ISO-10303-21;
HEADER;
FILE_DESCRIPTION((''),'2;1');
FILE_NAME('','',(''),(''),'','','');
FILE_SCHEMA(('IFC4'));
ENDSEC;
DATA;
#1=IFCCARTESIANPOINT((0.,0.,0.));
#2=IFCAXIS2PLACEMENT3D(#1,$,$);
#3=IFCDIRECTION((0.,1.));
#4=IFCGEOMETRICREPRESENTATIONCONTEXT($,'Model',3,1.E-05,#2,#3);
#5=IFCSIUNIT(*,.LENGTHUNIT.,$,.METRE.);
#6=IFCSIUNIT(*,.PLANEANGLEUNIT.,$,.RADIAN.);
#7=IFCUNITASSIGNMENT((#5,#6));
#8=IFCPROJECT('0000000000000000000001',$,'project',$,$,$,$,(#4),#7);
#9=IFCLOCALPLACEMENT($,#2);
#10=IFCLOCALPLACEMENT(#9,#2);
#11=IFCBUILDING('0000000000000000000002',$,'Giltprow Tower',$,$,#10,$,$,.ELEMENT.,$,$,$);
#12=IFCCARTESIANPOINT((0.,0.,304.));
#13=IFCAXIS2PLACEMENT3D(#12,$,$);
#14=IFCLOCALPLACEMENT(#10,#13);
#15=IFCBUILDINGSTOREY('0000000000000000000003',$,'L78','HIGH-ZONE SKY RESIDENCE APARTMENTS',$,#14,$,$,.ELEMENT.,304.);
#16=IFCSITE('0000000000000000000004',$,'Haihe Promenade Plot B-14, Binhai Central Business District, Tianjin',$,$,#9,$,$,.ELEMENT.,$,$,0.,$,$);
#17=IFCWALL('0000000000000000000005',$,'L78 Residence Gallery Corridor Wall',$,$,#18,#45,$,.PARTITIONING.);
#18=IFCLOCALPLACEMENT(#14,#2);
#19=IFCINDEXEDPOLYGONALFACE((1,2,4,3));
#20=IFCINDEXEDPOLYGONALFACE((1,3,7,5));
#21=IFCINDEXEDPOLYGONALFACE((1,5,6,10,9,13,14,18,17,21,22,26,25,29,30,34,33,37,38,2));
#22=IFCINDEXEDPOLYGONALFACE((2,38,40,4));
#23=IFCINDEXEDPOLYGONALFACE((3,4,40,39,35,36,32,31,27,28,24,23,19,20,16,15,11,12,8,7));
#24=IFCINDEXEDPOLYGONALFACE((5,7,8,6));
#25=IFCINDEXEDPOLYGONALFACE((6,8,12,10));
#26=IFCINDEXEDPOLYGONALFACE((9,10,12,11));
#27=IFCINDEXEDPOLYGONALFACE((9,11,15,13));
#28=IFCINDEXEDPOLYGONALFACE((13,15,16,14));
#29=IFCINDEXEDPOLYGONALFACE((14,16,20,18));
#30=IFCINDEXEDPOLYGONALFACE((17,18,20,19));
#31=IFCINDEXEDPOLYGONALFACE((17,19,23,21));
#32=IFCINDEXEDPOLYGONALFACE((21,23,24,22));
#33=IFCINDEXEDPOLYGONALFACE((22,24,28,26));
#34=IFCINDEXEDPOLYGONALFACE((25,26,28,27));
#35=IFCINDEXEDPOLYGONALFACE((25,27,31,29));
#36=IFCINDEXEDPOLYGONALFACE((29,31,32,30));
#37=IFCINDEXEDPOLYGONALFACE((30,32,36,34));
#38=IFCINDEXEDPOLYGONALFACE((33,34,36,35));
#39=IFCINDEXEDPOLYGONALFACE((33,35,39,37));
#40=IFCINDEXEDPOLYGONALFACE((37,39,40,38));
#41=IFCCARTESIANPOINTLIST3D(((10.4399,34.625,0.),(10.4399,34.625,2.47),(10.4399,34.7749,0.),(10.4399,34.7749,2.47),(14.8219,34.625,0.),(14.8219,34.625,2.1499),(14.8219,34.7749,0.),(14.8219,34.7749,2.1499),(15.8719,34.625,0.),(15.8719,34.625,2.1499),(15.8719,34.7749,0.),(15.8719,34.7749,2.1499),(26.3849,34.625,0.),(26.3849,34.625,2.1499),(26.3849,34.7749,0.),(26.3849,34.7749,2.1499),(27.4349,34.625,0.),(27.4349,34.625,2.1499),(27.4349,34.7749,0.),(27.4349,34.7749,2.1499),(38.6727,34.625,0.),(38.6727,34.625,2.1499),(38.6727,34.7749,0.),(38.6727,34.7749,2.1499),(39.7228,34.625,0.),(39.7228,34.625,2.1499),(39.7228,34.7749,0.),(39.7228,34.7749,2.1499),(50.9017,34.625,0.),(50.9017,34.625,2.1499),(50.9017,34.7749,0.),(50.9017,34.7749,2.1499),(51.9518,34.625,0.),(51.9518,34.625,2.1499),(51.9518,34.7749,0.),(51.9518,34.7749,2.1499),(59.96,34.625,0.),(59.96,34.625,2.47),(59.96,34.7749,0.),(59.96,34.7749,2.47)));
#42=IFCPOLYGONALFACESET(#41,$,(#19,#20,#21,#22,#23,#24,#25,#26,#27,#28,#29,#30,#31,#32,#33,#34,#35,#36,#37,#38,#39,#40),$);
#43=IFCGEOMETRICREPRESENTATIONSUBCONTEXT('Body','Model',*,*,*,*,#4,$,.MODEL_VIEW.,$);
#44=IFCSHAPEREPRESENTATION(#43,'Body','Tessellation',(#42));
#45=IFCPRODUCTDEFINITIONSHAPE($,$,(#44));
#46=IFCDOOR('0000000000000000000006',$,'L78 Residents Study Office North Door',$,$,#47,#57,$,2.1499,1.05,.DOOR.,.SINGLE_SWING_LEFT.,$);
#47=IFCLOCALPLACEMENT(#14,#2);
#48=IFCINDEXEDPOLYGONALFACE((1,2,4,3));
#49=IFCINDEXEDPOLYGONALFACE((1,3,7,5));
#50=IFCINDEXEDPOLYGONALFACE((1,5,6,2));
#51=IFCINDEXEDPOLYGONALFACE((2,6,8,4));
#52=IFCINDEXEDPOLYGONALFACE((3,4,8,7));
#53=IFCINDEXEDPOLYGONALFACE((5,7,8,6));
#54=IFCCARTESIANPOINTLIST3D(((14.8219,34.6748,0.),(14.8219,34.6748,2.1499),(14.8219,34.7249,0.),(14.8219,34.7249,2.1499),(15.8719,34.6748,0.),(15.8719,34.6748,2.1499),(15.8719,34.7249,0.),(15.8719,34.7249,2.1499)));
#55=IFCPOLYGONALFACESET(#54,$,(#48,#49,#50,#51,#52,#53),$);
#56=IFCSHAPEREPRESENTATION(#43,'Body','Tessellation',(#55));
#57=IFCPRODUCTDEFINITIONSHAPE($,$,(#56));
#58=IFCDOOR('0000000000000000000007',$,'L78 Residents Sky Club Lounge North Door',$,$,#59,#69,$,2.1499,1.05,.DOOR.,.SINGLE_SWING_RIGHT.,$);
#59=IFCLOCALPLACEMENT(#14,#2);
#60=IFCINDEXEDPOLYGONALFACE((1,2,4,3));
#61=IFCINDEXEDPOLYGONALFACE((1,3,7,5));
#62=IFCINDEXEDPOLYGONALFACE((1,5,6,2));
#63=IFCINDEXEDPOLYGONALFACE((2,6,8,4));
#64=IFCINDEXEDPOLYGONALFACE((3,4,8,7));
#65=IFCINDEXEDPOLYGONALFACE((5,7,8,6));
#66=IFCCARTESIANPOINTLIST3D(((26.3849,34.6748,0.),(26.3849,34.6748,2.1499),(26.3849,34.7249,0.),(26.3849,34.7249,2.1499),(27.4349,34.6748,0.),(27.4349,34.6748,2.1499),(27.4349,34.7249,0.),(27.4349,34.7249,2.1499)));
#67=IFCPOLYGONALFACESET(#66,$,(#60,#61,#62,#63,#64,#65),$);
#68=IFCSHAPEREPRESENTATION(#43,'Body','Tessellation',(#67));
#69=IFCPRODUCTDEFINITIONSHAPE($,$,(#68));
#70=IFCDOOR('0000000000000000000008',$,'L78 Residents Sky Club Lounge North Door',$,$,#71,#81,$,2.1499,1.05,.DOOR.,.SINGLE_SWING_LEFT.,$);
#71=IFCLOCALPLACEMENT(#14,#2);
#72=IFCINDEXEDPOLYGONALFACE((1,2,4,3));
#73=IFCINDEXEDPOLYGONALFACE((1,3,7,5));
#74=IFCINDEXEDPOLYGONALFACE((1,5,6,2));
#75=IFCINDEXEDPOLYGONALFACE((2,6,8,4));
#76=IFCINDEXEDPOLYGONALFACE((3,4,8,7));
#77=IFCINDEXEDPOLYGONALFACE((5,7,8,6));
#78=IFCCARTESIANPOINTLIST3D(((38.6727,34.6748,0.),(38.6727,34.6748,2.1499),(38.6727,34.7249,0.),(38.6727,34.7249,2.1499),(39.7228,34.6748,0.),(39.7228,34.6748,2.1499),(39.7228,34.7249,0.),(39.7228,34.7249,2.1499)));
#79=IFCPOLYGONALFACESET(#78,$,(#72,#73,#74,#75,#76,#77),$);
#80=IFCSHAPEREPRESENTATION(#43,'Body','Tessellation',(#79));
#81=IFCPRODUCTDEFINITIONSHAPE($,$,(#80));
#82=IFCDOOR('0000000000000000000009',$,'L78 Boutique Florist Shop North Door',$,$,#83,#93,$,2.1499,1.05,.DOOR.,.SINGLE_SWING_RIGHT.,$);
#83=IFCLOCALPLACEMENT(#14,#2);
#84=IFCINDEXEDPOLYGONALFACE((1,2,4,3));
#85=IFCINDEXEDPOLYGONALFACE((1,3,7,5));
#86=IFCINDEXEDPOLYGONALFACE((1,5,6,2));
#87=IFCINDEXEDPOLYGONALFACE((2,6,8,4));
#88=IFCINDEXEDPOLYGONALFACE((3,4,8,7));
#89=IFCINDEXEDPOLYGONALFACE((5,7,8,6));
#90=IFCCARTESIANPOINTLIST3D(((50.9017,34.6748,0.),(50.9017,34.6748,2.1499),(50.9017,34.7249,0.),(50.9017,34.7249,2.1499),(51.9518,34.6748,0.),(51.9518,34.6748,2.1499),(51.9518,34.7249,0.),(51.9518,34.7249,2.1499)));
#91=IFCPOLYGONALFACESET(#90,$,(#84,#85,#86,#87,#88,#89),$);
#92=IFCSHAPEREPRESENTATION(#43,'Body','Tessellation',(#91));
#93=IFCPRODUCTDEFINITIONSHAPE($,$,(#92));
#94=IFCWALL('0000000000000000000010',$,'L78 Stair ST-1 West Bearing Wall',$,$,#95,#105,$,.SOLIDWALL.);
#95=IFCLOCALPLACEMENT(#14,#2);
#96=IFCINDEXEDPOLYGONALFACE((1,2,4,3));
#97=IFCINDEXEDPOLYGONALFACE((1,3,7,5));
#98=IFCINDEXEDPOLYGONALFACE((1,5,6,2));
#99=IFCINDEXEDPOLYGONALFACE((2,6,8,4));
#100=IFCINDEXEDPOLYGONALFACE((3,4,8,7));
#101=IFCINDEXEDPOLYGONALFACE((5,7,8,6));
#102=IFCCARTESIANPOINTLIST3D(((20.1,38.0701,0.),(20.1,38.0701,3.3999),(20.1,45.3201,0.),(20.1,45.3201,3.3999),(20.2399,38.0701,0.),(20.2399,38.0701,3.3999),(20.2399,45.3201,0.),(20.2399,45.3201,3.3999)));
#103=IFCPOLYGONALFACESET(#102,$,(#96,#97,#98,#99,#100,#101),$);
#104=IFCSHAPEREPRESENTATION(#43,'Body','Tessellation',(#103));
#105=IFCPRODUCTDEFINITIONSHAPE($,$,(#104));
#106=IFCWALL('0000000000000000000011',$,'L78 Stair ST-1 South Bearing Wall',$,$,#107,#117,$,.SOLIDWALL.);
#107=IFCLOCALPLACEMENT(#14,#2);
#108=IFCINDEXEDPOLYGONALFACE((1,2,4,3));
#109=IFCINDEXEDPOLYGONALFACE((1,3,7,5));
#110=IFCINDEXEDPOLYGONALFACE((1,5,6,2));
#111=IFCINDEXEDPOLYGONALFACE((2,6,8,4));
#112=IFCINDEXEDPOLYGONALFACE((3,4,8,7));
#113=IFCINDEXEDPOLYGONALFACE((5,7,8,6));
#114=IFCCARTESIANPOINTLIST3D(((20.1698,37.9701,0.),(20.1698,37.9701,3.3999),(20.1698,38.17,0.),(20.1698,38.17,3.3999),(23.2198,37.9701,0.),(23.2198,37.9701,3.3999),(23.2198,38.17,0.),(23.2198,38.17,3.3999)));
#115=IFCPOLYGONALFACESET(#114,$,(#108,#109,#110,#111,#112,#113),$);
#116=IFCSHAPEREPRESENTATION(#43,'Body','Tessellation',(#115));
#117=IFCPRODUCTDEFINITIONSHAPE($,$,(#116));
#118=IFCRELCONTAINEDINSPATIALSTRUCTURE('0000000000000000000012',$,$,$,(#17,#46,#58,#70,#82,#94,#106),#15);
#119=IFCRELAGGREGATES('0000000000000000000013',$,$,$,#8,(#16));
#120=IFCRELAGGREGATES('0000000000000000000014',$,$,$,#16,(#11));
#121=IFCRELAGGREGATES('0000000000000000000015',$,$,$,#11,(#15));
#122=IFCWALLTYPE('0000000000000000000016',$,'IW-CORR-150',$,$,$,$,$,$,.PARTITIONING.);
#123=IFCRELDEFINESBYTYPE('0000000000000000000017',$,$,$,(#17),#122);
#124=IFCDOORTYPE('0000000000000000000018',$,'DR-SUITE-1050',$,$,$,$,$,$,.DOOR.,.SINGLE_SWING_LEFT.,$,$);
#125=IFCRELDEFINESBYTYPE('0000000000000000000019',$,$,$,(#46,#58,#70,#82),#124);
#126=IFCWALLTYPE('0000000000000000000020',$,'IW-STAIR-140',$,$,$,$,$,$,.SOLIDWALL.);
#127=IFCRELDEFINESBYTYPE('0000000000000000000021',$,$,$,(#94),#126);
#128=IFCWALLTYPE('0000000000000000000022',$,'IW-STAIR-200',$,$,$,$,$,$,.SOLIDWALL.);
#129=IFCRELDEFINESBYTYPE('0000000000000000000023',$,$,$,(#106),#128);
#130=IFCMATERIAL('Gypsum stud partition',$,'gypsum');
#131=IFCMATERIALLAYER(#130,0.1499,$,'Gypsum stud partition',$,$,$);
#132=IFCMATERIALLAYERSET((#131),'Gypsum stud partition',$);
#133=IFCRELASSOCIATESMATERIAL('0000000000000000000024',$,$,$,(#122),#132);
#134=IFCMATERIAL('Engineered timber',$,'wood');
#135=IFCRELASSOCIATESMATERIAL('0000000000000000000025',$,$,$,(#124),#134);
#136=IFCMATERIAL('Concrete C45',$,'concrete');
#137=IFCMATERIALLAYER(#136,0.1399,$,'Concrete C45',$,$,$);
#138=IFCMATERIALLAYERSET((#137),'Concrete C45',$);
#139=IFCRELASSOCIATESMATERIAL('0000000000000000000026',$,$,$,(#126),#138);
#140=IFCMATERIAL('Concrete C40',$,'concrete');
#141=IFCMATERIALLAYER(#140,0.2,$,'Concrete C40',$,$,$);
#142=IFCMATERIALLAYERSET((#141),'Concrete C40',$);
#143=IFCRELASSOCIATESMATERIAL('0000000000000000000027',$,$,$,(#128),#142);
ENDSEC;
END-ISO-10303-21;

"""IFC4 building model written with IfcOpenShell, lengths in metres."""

from ifc_helpers import new_model, si_unit, direction, frame, frame_2d, origin, place, context, subcontext, project, spatial, rectangle, extrude, source, transform, mapped, material, layer, layer_set, type_object, element, fill, save


model = new_model("IFC4")

# Units and contexts
model_context = context("Model", 3, precision=1e-05, world=origin(), true_north=direction((0.0, 1.0)))
body_context = subcontext(model_context, "Body", "Model", "MODEL_VIEW")
ifc_project = project(units=[si_unit("LENGTHUNIT", "METRE"), si_unit("PLANEANGLEUNIT", "RADIAN")], contexts=[model_context])

# Site, building, storey
site_placement = place(None, origin())
site = spatial("IfcSite", under=ifc_project, at=site_placement, Name="Haihe Promenade Plot B-14, Binhai Central Business District, Tianjin", CompositionType="ELEMENT", RefElevation=0.0)
building_placement = place(site_placement, origin())
building = spatial("IfcBuilding", under=site, at=building_placement, Name="Giltprow Tower", CompositionType="ELEMENT")
storey_placement = place(building_placement, frame((0.0, 0.0, 304.0)))
storey = spatial("IfcBuildingStorey", under=building, at=storey_placement, Name="L78", Description="HIGH-ZONE SKY RESIDENCE APARTMENTS", CompositionType="ELEMENT", Elevation=304.0)

# Shared definitions
ifc_material_1 = material(Name="Concrete C45", Category="concrete")

# Wall, openings, doors
ifc_material_2 = material(Name="Gypsum stud partition", Category="gypsum")
ifc_layer_1 = layer(ifc_material_2, 0.1499, Name="Gypsum stud partition")
ifc_layer_set_1 = layer_set([ifc_layer_1], Name="Gypsum stud partition")
wall_type_1 = type_object("IfcWallType", Name="IW-CORR-150", PredefinedType="PARTITIONING", material=ifc_layer_set_1)
wall_1_placement = place(storey_placement, frame((10.4399, 34.7, 0.0), z_axis=(0.0, 0.0, 1.0), x_axis=(1.0, 0.0, 0.0)))
wall_1 = element("IfcWall", 1, at=wall_1_placement, inside=storey, type_object=wall_type_1, Name="L78 Residence Gallery Corridor Wall", PredefinedType="PARTITIONING", context=body_context, shape_type="SweptSolid", body=[
    extrude(rectangle(XDim=49.52, YDim=0.1499, at=frame_2d((24.76, 0.0))), origin(), (0.0, 0.0, 1.0), 2.47),
])
opening_1_placement = place(wall_1_placement, frame((4.3821, 0.0, 0.0)))
opening_1 = element("IfcOpeningElement", 2, at=opening_1_placement, cuts=wall_1, PredefinedType="OPENING", context=body_context, shape_type="SweptSolid", body=[
    extrude(rectangle(XDim=1.05, YDim=2.1499, at=frame_2d((0.5249, 1.075))), frame((0.0, 0.085, 0.0), z_axis=(0.0, -1.0, 0.0), x_axis=(1.0, 0.0, 0.0)), (0.0, 0.0, 1.0), 0.1699),
])
opening_2_placement = place(wall_1_placement, frame((15.9451, 0.0, 0.0)))
opening_2 = element("IfcOpeningElement", 3, at=opening_2_placement, cuts=wall_1, PredefinedType="OPENING", context=body_context, shape_type="SweptSolid", body=[
    extrude(rectangle(XDim=1.05, YDim=2.1499, at=frame_2d((0.5249, 1.075))), frame((0.0, 0.085, 0.0), z_axis=(0.0, -1.0, 0.0), x_axis=(1.0, 0.0, 0.0)), (0.0, 0.0, 1.0), 0.1699),
])
opening_3_placement = place(wall_1_placement, frame((28.2329, 0.0, 0.0)))
opening_3 = element("IfcOpeningElement", 4, at=opening_3_placement, cuts=wall_1, PredefinedType="OPENING", context=body_context, shape_type="SweptSolid", body=[
    extrude(rectangle(XDim=1.05, YDim=2.1499, at=frame_2d((0.5249, 1.075))), frame((0.0, 0.085, 0.0), z_axis=(0.0, -1.0, 0.0), x_axis=(1.0, 0.0, 0.0)), (0.0, 0.0, 1.0), 0.1699),
])
opening_4_placement = place(wall_1_placement, frame((40.4619, 0.0, 0.0)))
opening_4 = element("IfcOpeningElement", 5, at=opening_4_placement, cuts=wall_1, PredefinedType="OPENING", context=body_context, shape_type="SweptSolid", body=[
    extrude(rectangle(XDim=1.05, YDim=2.1499, at=frame_2d((0.5249, 1.075))), frame((0.0, 0.085, 0.0), z_axis=(0.0, -1.0, 0.0), x_axis=(1.0, 0.0, 0.0)), (0.0, 0.0, 1.0), 0.1699),
])
ifc_material_3 = material(Name="Engineered timber", Category="wood")
door_type_1 = type_object("IfcDoorType", Name="DR-SUITE-1050", OperationType="SINGLE_SWING_LEFT", PredefinedType="DOOR", material=ifc_material_3)
shared_shape_1 = source(origin(), body_context, "Body", "SweptSolid", [
    extrude(rectangle(XDim=1.05, YDim=2.1499, at=frame_2d((0.5249, 1.075))), frame((0.0, 0.0249, 0.0), z_axis=(0.0, -1.0, 0.0), x_axis=(1.0, 0.0, 0.0)), (0.0, 0.0, 1.0), 0.05),
])
door_1_placement = place(opening_1_placement, origin())
door_1 = element("IfcDoor", 6, at=door_1_placement, inside=storey, type_object=door_type_1, Name="L78 Residents Study Office North Door", OperationType="SINGLE_SWING_LEFT", OverallHeight=2.1499, OverallWidth=1.05, PredefinedType="DOOR", context=body_context, shape_type="MappedRepresentation", body=[
    mapped(shared_shape_1, transform((0.0, 0.0, 0.0), x_axis=(1.0, 0.0, 0.0), y_axis=(0.0, 1.0, 0.0), z_axis=(0.0, 0.0, 1.0), scale=1.0)),
])
fill(opening_1, door_1)
door_2_placement = place(opening_2_placement, origin())
door_2 = element("IfcDoor", 7, at=door_2_placement, inside=storey, type_object=door_type_1, Name="L78 Residents Sky Club Lounge North Door", OperationType="SINGLE_SWING_RIGHT", OverallHeight=2.1499, OverallWidth=1.05, PredefinedType="DOOR", context=body_context, shape_type="MappedRepresentation", body=[
    mapped(shared_shape_1, transform((0.0, 0.0, 0.0), x_axis=(1.0, 0.0, 0.0), y_axis=(0.0, 1.0, 0.0), z_axis=(0.0, 0.0, 1.0), scale=1.0)),
])
fill(opening_2, door_2)
door_3_placement = place(opening_3_placement, origin())
door_3 = element("IfcDoor", 8, at=door_3_placement, inside=storey, type_object=door_type_1, Name="L78 Residents Sky Club Lounge North Door", OperationType="SINGLE_SWING_LEFT", OverallHeight=2.1499, OverallWidth=1.05, PredefinedType="DOOR", context=body_context, shape_type="MappedRepresentation", body=[
    mapped(shared_shape_1, transform((0.0, 0.0, 0.0), x_axis=(1.0, 0.0, 0.0), y_axis=(0.0, 1.0, 0.0), z_axis=(0.0, 0.0, 1.0), scale=1.0)),
])
fill(opening_3, door_3)
door_4_placement = place(opening_4_placement, origin())
door_4 = element("IfcDoor", 9, at=door_4_placement, inside=storey, type_object=door_type_1, Name="L78 Boutique Florist Shop North Door", OperationType="SINGLE_SWING_RIGHT", OverallHeight=2.1499, OverallWidth=1.05, PredefinedType="DOOR", context=body_context, shape_type="MappedRepresentation", body=[
    mapped(shared_shape_1, transform((0.0, 0.0, 0.0), x_axis=(1.0, 0.0, 0.0), y_axis=(0.0, 1.0, 0.0), z_axis=(0.0, 0.0, 1.0), scale=1.0)),
])
fill(opening_4, door_4)

# Walls
ifc_layer_2 = layer(ifc_material_1, 0.1399, Name="Concrete C45")
ifc_layer_set_2 = layer_set([ifc_layer_2], Name="Concrete C45")
wall_type_2 = type_object("IfcWallType", Name="IW-STAIR-140", PredefinedType="SOLIDWALL", material=ifc_layer_set_2)
wall_2_placement = place(storey_placement, frame((20.1699, 38.0701, 0.0), z_axis=(0.0, 0.0, 1.0), x_axis=(0.0, 1.0, 0.0)))
element("IfcWall", 10, at=wall_2_placement, inside=storey, type_object=wall_type_2, Name="L78 Stair ST-1 West Bearing Wall", PredefinedType="SOLIDWALL", context=body_context, shape_type="SweptSolid", body=[
    extrude(rectangle(XDim=7.25, YDim=0.1399, at=frame_2d((3.625, 0.0))), origin(), (0.0, 0.0, 1.0), 3.3999),
])
ifc_material_4 = material(Name="Concrete C40", Category="concrete")
ifc_layer_3 = layer(ifc_material_4, 0.2, Name="Concrete C40")
ifc_layer_set_3 = layer_set([ifc_layer_3], Name="Concrete C40")
wall_type_3 = type_object("IfcWallType", Name="IW-STAIR-200", PredefinedType="SOLIDWALL", material=ifc_layer_set_3)
wall_3_placement = place(storey_placement, frame((20.1699, 38.0701, 0.0), z_axis=(0.0, 0.0, 1.0), x_axis=(1.0, 0.0, 0.0)))
element("IfcWall", 11, at=wall_3_placement, inside=storey, type_object=wall_type_3, Name="L78 Stair ST-1 South Bearing Wall", PredefinedType="SOLIDWALL", context=body_context, shape_type="SweptSolid", body=[
    extrude(rectangle(XDim=3.05, YDim=0.2, at=frame_2d((1.5249, 0.0))), origin(), (0.0, 0.0, 1.0), 3.3999),
])

save(model, "model.ifc")
